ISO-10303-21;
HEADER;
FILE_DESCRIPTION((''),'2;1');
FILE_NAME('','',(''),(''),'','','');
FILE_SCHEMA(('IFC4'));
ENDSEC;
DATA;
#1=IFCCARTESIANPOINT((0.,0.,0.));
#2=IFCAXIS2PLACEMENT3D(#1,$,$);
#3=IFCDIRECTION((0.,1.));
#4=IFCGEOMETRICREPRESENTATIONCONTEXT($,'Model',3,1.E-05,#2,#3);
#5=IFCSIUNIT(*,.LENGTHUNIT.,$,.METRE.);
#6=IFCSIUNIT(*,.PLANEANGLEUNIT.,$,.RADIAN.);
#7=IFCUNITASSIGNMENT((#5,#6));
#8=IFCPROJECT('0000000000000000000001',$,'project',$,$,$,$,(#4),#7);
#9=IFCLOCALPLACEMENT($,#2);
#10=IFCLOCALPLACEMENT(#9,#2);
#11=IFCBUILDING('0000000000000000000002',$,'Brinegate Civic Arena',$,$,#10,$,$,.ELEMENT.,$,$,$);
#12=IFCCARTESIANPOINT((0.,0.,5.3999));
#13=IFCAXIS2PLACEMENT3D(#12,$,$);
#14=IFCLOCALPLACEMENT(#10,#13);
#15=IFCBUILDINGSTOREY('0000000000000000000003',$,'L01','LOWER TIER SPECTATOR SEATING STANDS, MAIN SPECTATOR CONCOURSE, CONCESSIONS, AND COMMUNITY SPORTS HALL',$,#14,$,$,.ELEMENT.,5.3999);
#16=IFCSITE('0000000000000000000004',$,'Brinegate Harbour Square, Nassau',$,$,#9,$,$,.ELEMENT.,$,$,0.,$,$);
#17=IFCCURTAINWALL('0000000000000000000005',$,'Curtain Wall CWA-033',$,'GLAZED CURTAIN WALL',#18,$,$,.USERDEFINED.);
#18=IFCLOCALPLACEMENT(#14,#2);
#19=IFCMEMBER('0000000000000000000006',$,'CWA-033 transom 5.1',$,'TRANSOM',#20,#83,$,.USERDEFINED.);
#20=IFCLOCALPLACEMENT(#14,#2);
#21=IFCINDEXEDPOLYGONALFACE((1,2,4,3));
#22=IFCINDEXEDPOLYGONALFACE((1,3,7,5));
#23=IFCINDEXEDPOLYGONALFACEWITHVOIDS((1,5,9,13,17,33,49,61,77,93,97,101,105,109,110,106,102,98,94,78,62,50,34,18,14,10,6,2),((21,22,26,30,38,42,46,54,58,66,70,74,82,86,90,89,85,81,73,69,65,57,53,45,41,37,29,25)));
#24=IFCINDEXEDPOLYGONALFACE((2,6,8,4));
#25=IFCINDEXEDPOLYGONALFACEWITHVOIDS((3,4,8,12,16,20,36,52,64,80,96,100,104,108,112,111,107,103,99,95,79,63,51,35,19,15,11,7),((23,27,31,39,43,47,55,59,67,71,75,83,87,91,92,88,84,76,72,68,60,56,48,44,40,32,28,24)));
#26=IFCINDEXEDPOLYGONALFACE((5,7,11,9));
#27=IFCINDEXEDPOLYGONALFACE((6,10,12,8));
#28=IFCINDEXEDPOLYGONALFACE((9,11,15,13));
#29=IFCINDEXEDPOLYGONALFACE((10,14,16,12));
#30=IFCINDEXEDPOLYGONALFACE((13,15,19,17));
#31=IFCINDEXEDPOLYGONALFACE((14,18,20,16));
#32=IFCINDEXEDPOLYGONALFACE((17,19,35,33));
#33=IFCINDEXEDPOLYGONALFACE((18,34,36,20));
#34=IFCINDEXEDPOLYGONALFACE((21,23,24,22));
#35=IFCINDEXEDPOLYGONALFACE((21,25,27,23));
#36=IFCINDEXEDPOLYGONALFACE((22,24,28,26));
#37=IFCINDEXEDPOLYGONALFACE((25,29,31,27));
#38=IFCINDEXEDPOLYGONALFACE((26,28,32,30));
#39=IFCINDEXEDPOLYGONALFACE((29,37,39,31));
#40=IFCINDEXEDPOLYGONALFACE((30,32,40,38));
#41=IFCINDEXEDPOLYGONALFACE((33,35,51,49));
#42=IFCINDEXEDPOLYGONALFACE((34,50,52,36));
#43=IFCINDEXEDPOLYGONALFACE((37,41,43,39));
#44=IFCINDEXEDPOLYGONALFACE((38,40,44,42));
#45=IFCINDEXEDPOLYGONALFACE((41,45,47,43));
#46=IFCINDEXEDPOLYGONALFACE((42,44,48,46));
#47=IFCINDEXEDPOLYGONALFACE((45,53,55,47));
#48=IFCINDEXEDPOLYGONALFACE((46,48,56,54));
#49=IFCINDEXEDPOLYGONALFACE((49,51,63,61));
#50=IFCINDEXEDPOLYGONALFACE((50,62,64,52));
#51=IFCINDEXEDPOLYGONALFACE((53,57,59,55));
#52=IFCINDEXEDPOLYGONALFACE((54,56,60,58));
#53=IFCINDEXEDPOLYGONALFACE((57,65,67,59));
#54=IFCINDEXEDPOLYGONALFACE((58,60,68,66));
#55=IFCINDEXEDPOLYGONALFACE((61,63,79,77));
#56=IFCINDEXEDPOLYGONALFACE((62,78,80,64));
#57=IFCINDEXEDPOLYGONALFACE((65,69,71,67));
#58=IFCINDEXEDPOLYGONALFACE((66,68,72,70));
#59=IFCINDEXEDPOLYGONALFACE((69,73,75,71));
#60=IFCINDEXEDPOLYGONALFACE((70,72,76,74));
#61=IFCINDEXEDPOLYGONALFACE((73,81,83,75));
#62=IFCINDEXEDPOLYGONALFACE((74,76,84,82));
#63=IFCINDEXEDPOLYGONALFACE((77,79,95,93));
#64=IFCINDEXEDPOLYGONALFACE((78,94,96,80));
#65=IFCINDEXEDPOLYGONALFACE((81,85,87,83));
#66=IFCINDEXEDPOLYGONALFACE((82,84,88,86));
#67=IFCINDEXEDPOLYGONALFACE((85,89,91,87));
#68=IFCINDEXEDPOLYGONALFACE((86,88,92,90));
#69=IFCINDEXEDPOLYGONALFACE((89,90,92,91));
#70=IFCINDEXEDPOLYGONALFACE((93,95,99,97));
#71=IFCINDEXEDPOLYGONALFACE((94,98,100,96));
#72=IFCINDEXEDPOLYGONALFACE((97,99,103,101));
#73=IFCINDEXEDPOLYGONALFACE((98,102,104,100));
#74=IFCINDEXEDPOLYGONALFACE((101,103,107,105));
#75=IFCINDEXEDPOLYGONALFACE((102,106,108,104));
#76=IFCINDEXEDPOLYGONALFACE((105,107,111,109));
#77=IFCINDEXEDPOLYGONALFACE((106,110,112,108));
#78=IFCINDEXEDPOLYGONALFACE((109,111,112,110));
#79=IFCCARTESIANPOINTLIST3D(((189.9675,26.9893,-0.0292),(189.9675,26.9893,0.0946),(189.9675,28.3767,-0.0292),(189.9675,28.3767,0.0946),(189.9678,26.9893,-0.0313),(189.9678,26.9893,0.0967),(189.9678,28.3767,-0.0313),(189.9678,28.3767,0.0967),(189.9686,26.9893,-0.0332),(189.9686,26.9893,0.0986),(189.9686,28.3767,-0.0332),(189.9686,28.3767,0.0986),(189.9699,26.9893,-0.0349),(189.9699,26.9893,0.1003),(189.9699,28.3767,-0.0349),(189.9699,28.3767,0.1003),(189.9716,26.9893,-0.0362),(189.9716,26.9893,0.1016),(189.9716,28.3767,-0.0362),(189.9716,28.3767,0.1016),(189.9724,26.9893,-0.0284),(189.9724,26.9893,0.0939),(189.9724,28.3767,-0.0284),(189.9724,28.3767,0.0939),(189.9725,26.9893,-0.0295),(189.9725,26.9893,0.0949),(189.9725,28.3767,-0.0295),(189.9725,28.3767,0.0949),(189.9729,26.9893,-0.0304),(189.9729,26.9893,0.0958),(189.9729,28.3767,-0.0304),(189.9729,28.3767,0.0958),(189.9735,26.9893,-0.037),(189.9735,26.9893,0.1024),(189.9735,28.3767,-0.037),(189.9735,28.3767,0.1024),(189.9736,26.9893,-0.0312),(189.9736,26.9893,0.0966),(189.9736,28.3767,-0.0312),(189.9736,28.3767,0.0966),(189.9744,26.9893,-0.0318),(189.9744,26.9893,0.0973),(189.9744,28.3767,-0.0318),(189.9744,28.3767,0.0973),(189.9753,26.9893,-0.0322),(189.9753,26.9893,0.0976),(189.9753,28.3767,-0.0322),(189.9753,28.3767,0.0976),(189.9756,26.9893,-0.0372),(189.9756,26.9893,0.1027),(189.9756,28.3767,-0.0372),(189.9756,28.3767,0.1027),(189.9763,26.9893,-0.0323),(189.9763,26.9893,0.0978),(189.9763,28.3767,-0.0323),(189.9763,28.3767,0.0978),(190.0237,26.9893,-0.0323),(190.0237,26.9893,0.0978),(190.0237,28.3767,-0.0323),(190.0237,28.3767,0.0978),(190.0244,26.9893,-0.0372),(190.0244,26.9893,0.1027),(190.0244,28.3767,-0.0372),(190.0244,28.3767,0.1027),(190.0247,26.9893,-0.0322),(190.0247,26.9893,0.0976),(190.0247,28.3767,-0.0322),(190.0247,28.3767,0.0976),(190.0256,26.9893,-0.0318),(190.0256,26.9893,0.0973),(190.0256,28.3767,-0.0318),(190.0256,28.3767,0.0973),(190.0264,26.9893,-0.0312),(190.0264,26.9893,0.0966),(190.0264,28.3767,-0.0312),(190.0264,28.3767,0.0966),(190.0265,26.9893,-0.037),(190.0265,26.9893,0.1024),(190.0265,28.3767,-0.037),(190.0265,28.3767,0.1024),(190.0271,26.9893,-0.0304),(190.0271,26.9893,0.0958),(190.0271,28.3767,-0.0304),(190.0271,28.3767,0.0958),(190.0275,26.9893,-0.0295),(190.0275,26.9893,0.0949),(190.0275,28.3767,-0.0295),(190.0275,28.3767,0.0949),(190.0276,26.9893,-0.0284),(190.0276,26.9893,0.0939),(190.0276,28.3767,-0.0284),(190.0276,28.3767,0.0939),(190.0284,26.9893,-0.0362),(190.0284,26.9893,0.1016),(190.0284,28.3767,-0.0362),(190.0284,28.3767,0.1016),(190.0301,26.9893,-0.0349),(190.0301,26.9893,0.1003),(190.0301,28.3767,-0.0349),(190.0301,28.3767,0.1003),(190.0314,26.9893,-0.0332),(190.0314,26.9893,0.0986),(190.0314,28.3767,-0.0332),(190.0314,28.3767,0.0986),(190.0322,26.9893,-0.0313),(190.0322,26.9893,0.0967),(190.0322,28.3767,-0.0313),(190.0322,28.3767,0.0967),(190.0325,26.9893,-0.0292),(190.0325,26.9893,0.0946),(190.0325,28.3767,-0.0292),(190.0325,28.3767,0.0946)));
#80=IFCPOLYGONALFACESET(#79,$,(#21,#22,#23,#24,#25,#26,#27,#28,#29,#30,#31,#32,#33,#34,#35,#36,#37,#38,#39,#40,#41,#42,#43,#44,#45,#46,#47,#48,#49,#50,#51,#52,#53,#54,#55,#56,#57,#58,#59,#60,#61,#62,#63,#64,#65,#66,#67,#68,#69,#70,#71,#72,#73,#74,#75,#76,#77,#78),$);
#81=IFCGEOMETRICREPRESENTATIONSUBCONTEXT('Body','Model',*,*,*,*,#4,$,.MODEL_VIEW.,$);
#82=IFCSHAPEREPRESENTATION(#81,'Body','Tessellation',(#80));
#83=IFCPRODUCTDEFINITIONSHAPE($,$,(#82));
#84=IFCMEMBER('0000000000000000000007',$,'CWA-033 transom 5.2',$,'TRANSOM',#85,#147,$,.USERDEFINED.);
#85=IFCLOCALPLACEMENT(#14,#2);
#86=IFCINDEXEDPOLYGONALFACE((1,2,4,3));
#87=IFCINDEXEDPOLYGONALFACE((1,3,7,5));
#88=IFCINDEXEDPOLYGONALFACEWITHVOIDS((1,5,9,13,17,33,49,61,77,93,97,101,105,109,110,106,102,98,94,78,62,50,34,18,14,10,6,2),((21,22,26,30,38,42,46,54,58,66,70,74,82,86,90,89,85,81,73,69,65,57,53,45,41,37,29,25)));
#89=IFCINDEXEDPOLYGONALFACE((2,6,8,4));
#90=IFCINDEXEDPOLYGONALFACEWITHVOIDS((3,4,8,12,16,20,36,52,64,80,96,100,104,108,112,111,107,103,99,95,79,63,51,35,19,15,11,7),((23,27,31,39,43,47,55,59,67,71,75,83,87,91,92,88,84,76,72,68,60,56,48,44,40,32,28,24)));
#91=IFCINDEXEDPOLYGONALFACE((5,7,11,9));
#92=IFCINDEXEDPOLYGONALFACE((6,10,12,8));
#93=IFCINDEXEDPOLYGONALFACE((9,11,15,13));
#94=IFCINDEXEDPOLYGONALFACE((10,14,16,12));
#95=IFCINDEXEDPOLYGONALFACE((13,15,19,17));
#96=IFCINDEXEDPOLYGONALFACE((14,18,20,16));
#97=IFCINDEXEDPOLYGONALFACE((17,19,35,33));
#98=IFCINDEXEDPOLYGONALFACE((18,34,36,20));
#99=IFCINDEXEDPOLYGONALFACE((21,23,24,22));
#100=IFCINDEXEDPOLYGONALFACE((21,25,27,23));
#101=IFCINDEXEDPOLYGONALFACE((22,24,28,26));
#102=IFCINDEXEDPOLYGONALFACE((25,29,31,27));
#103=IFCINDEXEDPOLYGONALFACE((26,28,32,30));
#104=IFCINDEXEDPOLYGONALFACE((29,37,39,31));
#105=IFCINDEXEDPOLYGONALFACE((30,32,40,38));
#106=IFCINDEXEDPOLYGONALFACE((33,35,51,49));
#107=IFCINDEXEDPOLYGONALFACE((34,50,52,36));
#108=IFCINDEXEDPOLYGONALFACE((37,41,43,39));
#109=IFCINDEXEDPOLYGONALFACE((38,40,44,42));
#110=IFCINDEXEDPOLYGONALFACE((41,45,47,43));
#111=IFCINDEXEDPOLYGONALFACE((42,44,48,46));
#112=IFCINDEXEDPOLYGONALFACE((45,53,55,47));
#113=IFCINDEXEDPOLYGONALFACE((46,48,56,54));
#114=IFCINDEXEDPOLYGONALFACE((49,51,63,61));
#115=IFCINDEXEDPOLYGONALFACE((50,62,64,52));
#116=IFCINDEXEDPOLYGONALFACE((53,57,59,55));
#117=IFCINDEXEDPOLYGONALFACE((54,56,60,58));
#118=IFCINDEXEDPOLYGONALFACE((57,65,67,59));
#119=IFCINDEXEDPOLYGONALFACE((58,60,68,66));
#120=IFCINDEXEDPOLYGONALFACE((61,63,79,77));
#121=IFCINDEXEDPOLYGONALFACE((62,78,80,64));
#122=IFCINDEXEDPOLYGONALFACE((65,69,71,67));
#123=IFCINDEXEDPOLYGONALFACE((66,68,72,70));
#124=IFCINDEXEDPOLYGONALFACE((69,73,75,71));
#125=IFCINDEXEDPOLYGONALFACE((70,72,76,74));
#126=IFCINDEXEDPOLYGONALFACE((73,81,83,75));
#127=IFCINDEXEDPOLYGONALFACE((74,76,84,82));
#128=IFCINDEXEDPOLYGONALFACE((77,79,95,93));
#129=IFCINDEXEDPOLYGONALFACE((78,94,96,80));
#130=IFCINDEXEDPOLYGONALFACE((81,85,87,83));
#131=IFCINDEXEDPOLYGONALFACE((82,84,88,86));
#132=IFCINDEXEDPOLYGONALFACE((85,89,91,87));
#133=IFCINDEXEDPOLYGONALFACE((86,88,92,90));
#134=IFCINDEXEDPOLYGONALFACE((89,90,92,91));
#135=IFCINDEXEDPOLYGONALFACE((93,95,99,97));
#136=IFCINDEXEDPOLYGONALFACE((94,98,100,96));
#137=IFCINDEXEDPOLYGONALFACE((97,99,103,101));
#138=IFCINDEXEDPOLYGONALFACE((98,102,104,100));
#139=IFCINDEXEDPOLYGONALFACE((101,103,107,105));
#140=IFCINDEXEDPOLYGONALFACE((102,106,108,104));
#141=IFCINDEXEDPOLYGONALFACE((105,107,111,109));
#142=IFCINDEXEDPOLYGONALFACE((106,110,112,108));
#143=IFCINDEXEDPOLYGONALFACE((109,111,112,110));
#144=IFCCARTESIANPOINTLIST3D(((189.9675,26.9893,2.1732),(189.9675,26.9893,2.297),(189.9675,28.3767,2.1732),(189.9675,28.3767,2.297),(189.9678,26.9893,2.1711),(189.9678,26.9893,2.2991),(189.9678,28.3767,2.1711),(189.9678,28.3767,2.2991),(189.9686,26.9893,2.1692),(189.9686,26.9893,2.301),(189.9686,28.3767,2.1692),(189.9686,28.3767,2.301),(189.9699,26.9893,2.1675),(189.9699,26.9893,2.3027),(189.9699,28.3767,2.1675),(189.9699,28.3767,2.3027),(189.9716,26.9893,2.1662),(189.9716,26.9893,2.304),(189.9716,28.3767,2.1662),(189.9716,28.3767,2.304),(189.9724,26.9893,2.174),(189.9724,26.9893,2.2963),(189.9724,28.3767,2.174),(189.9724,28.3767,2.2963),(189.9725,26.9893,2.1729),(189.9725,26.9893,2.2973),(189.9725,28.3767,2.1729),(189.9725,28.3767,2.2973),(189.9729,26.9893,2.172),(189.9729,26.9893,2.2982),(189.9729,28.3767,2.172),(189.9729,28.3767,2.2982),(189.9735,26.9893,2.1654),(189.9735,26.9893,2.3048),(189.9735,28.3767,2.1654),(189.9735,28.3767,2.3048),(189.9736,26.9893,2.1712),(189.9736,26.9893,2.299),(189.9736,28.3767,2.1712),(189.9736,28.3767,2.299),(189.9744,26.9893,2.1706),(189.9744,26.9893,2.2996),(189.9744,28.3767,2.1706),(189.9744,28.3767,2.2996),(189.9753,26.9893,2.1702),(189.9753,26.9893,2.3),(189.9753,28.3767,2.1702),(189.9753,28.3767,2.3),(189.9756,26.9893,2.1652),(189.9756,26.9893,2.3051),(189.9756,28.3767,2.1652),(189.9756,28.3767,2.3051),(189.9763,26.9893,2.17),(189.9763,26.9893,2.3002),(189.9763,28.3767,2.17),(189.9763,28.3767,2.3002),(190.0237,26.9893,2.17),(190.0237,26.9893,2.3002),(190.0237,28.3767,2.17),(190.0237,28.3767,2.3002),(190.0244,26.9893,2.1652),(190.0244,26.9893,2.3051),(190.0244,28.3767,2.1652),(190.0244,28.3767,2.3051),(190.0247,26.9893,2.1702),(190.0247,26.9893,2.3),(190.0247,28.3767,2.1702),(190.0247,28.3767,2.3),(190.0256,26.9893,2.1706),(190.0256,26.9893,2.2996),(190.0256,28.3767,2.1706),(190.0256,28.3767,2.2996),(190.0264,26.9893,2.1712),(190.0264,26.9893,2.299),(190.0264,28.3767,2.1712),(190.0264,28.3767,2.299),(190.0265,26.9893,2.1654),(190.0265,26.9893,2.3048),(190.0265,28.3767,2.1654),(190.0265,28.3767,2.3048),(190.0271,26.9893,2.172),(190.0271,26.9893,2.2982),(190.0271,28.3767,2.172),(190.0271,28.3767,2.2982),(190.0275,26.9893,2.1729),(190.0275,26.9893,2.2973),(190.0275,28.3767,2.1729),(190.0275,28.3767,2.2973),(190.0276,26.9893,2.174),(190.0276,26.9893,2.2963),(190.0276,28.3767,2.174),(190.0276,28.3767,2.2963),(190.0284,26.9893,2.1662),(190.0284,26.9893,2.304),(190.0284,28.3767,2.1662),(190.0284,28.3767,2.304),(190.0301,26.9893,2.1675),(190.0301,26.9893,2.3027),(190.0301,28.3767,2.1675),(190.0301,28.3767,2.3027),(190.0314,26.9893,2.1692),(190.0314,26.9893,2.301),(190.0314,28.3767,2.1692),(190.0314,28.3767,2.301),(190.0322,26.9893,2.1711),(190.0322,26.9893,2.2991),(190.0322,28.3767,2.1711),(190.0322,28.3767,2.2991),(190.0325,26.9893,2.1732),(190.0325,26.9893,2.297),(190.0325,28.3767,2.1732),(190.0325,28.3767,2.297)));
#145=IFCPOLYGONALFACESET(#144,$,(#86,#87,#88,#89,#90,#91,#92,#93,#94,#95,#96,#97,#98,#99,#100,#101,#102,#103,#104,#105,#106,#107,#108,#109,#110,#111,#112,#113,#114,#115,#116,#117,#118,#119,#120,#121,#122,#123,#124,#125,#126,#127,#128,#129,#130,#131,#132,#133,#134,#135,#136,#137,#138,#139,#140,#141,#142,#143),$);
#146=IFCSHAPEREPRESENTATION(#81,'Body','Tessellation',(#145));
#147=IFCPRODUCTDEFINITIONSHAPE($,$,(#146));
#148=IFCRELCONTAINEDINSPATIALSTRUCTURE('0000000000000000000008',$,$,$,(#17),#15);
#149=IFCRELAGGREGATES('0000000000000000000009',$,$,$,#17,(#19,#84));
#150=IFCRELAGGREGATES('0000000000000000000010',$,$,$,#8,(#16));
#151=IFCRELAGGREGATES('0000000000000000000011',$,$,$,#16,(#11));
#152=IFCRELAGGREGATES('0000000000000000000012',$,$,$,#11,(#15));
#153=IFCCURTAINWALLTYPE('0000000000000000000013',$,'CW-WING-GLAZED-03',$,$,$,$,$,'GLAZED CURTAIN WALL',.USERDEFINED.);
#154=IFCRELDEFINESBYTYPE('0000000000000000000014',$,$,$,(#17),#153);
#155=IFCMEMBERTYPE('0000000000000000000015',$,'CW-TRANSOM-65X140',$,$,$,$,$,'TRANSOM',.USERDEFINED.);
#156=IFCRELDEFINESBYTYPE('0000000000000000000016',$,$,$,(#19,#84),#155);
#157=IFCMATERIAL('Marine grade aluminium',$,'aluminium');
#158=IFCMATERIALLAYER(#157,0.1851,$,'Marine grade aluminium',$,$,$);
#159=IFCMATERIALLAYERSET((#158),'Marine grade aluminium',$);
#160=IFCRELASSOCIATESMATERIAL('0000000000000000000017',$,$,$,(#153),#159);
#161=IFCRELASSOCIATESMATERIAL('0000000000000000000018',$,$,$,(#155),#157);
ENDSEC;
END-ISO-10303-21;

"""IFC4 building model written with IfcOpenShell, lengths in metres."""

from ifc_helpers import new_model, si_unit, direction, frame, origin, origin_2d, place, context, subcontext, project, spatial, hollow_rectangle, extrude, material, layer, layer_set, material_profile, profile_set, type_object, element, aggregate, save


model = new_model("IFC4")

# Units and contexts
model_context = context("Model", 3, precision=1e-05, world=origin(), true_north=direction((0.0, 1.0)))
body_context = subcontext(model_context, "Body", "Model", "MODEL_VIEW")
ifc_project = project(units=[si_unit("LENGTHUNIT", "METRE"), si_unit("PLANEANGLEUNIT", "RADIAN")], contexts=[model_context])

# Site, building, storey
site_placement = place(None, origin())
site = spatial("IfcSite", under=ifc_project, at=site_placement, Name="Brinegate Harbour Square, Nassau", CompositionType="ELEMENT", RefElevation=0.0)
building_placement = place(site_placement, origin())
building = spatial("IfcBuilding", under=site, at=building_placement, Name="Brinegate Civic Arena", CompositionType="ELEMENT")
storey_placement = place(building_placement, frame((0.0, 0.0, 5.3999)))
storey = spatial("IfcBuildingStorey", under=building, at=storey_placement, Name="L01", Description="LOWER TIER SPECTATOR SEATING STANDS, MAIN SPECTATOR CONCOURSE, CONCESSIONS, AND COMMUNITY SPORTS HALL", CompositionType="ELEMENT", Elevation=5.3999)

# Shared definitions
ifc_material_1 = material(Name="Marine grade aluminium", Category="aluminium")
ifc_layer_1 = layer(ifc_material_1, 0.1851, Name="Marine grade aluminium")
ifc_layer_set_1 = layer_set([ifc_layer_1], Name="Marine grade aluminium")
curtain_wall_type = type_object("IfcCurtainWallType", Name="CW-WING-GLAZED-03", ElementType="GLAZED CURTAIN WALL", PredefinedType="USERDEFINED", material=ifc_layer_set_1)

# Curtain wall, members
curtain_wall_1_placement = place(storey_placement, origin())
curtain_wall_1 = element("IfcCurtainWall", 1, at=curtain_wall_1_placement, inside=storey, type_object=curtain_wall_type, Name="Curtain Wall CWA-033", ObjectType="GLAZED CURTAIN WALL", PredefinedType="USERDEFINED")
ifc_material_profile_1 = material_profile(ifc_material_1, hollow_rectangle(XDim=0.0649, YDim=0.1399, WallThickness=0.0049, InnerFilletRadius=0.0039, OuterFilletRadius=0.0081, at=origin_2d()), Name="TRN65X140")
ifc_profile_set_1 = profile_set([ifc_material_profile_1], Name="Marine grade aluminium")
member_type_1 = type_object("IfcMemberType", Name="CW-TRANSOM-65X140", ElementType="TRANSOM", PredefinedType="USERDEFINED", material=ifc_profile_set_1)
member_1_placement = place(storey_placement, frame((190.0, 26.9893, 0.0327), z_axis=(0.0, 1.0, 0.0), x_axis=(-1.0, 0.0, 0.0)))
member_1 = element("IfcMember", 2, at=member_1_placement, type_object=member_type_1, Name="CWA-033 transom 5.1", ObjectType="TRANSOM", PredefinedType="USERDEFINED", context=body_context, shape_type="SweptSolid", body=[
    extrude(hollow_rectangle(XDim=0.0649, YDim=0.1399, WallThickness=0.0049, InnerFilletRadius=0.0039, OuterFilletRadius=0.0081, at=origin_2d()), origin(), (0.0, 0.0, 1.0), 1.3875),
])
member_2_placement = place(storey_placement, frame((190.0, 26.9893, 2.2351), z_axis=(0.0, 1.0, 0.0), x_axis=(-1.0, 0.0, 0.0)))
member_2 = element("IfcMember", 3, at=member_2_placement, type_object=member_type_1, Name="CWA-033 transom 5.2", ObjectType="TRANSOM", PredefinedType="USERDEFINED", context=body_context, shape_type="SweptSolid", body=[
    extrude(hollow_rectangle(XDim=0.0649, YDim=0.1399, WallThickness=0.0049, InnerFilletRadius=0.0039, OuterFilletRadius=0.0081, at=origin_2d()), origin(), (0.0, 0.0, 1.0), 1.3875),
])

aggregate(curtain_wall_1, [member_1, member_2])

save(model, "model.ifc")
